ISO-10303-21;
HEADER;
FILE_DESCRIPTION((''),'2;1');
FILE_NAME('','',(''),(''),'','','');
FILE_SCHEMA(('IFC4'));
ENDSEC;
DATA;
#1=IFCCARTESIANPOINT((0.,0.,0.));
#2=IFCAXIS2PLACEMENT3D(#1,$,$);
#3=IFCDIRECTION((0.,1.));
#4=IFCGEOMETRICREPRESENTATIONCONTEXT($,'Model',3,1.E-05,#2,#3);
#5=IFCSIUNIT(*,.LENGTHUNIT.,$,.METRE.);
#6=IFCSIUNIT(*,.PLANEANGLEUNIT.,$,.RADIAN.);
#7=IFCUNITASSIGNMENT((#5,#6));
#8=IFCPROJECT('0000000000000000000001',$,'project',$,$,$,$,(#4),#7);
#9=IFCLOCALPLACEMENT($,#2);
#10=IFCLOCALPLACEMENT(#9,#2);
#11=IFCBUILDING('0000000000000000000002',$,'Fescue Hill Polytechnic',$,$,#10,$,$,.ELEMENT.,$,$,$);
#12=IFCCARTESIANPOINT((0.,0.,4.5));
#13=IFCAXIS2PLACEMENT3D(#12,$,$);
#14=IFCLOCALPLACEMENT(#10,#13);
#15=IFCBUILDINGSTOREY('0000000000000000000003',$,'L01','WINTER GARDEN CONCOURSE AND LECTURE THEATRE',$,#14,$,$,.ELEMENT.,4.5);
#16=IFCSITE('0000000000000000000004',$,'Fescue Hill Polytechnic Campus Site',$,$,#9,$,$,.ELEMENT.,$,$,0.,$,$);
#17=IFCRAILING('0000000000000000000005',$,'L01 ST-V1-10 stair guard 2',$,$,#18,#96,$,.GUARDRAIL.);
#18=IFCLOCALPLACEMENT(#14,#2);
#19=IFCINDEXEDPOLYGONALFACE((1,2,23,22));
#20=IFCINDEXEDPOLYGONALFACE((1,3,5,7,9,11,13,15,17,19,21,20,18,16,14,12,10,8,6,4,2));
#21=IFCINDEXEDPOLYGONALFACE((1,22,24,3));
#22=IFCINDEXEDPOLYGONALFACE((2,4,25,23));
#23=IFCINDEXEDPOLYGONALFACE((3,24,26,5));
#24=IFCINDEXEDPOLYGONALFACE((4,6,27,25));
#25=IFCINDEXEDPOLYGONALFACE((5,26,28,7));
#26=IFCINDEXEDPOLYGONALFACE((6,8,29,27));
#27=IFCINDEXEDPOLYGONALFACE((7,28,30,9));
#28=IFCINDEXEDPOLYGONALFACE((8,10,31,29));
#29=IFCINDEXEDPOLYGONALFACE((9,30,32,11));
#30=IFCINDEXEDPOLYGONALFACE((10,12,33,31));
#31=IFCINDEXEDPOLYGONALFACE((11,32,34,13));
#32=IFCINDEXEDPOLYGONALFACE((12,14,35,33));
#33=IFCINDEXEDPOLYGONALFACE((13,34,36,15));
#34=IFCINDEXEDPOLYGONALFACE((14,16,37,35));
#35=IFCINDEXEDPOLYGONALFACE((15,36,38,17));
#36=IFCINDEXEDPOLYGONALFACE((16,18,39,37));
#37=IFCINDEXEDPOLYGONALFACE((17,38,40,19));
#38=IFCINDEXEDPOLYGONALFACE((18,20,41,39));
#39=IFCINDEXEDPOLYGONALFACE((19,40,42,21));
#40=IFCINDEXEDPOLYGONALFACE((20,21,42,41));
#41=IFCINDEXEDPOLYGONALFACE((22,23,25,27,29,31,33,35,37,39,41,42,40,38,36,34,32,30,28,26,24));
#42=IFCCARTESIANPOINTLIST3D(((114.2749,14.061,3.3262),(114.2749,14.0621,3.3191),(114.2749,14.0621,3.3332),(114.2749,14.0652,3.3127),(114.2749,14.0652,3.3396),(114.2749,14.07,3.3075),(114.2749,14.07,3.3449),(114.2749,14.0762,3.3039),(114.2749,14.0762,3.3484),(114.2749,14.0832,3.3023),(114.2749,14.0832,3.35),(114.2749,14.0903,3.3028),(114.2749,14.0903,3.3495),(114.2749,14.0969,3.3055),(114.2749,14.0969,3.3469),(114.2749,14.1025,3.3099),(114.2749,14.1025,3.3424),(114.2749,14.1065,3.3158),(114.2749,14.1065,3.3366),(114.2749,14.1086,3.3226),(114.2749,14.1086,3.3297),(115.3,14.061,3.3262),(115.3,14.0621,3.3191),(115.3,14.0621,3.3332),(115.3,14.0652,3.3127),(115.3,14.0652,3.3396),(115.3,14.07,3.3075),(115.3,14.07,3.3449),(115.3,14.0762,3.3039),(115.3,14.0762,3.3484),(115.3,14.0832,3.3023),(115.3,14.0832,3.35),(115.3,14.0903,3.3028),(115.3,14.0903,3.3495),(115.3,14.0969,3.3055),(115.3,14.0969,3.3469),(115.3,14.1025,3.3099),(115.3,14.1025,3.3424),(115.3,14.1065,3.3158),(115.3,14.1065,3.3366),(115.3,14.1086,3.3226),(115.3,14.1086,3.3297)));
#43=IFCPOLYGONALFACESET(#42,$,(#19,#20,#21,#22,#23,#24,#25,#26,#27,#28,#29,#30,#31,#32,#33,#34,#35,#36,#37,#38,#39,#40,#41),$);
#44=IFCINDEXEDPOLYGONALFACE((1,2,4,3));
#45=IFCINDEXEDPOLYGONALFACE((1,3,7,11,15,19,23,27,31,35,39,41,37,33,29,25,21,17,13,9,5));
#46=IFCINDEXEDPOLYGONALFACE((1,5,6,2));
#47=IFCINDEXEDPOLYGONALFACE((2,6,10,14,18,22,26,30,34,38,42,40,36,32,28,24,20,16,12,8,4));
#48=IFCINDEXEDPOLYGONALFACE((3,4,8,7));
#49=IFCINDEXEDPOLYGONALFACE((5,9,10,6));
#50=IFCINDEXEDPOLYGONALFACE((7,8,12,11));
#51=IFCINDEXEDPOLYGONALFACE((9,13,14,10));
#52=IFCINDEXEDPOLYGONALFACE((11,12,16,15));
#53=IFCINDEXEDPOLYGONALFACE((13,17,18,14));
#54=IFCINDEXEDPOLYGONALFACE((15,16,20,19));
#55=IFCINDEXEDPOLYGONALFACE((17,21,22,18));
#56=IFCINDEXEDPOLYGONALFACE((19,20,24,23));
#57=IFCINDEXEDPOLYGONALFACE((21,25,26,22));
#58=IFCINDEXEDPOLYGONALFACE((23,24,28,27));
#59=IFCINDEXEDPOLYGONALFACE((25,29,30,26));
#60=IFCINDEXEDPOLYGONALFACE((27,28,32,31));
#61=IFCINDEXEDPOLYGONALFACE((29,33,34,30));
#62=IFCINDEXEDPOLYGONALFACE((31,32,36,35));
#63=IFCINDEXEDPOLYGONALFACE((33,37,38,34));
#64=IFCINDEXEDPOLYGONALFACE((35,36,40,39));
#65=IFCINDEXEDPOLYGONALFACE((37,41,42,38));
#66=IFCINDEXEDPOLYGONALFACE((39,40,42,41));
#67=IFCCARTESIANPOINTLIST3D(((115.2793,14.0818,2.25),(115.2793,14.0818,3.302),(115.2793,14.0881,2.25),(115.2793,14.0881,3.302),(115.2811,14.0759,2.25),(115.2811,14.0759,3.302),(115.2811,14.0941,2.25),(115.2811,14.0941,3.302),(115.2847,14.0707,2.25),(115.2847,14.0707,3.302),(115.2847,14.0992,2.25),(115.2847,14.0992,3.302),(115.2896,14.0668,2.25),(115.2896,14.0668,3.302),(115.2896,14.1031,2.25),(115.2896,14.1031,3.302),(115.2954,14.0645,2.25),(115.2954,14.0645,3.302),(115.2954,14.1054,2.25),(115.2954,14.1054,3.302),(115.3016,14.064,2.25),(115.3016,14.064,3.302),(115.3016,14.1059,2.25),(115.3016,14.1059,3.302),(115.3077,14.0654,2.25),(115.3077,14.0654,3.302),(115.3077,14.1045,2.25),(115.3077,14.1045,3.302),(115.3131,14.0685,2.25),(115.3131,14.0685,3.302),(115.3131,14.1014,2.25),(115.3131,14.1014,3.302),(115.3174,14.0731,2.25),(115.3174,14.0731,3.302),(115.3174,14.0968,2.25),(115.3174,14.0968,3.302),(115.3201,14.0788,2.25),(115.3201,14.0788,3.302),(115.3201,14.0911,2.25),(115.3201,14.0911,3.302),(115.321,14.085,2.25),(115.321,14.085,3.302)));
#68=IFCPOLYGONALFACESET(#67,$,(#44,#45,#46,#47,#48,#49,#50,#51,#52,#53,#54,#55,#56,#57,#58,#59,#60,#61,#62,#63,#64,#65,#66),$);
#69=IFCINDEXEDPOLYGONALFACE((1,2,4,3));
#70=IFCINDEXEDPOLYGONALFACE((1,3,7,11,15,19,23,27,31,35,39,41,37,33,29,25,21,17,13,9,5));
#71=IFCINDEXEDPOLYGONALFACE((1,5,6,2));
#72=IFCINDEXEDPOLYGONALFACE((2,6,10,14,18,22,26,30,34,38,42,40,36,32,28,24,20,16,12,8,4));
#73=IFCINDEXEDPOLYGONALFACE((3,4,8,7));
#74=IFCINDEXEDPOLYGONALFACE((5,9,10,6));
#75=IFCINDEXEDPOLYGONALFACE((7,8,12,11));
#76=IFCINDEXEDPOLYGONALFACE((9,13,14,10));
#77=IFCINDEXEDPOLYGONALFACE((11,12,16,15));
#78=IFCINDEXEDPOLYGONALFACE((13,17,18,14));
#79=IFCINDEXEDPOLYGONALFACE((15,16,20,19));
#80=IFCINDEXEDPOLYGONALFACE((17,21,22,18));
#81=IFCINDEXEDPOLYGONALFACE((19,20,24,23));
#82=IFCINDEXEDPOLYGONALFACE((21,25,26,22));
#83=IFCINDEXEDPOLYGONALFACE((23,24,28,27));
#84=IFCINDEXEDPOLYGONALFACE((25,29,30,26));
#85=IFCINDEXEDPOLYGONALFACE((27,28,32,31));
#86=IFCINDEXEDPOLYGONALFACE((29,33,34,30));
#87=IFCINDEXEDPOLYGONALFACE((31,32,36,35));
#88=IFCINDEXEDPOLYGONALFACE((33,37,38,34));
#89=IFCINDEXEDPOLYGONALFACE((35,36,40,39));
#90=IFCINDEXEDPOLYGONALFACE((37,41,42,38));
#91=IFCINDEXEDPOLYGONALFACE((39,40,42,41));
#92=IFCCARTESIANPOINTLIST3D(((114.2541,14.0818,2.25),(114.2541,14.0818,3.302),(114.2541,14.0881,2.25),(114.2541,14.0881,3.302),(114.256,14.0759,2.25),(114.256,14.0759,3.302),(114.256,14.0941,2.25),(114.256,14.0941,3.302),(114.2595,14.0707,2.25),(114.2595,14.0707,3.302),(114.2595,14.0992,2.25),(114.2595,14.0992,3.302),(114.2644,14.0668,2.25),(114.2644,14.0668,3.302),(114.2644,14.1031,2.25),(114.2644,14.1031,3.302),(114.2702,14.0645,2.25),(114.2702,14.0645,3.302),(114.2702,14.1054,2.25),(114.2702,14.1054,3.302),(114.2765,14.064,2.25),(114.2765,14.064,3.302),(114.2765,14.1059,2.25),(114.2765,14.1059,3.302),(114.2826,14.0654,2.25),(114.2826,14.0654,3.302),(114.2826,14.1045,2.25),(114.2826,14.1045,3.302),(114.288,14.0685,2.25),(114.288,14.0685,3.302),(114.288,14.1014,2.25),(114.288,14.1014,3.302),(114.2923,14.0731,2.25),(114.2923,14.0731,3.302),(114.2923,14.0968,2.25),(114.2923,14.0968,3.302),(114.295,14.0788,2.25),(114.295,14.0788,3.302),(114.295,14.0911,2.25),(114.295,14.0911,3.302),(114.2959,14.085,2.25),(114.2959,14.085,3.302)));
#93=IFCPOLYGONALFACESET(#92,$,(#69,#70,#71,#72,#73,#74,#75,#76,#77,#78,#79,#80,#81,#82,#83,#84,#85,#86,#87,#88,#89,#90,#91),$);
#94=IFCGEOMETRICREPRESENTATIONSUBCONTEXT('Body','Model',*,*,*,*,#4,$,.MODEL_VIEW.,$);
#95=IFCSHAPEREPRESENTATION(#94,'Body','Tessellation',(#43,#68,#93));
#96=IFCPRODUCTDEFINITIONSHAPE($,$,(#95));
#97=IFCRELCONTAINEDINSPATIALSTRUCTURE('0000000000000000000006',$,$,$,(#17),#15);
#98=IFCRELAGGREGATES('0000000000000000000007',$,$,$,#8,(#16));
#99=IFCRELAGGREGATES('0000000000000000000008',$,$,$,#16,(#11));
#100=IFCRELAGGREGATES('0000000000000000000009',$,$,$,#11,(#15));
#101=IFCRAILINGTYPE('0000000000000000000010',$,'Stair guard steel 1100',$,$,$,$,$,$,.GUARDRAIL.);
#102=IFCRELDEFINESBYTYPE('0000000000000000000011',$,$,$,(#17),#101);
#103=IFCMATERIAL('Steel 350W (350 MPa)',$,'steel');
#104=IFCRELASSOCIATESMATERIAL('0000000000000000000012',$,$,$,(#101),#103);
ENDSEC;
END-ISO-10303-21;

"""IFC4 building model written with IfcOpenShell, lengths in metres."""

from ifc_helpers import new_model, si_unit, direction, frame, origin, origin_2d, place, context, subcontext, project, spatial, circle, extrude, material, type_object, element, save


model = new_model("IFC4")

# Units and contexts
model_context = context("Model", 3, precision=1e-05, world=origin(), true_north=direction((0.0, 1.0)))
body_context = subcontext(model_context, "Body", "Model", "MODEL_VIEW")
ifc_project = project(units=[si_unit("LENGTHUNIT", "METRE"), si_unit("PLANEANGLEUNIT", "RADIAN")], contexts=[model_context])

# Site, building, storey
site_placement = place(None, origin())
site = spatial("IfcSite", under=ifc_project, at=site_placement, Name="Fescue Hill Polytechnic Campus Site", CompositionType="ELEMENT", RefElevation=0.0)
building_placement = place(site_placement, origin())
building = spatial("IfcBuilding", under=site, at=building_placement, Name="Fescue Hill Polytechnic", CompositionType="ELEMENT")
storey_placement = place(building_placement, frame((0.0, 0.0, 4.5)))
storey = spatial("IfcBuildingStorey", under=building, at=storey_placement, Name="L01", Description="WINTER GARDEN CONCOURSE AND LECTURE THEATRE", CompositionType="ELEMENT", Elevation=4.5)

# Railing
ifc_material_1 = material(Name="Steel 350W (350 MPa)", Category="steel")
railing_type_1 = type_object("IfcRailingType", Name="Stair guard steel 1100", PredefinedType="GUARDRAIL", material=ifc_material_1)
railing_1_placement = place(storey_placement, frame((115.3, 14.085, 2.25)))
element("IfcRailing", 1, at=railing_1_placement, inside=storey, type_object=railing_type_1, Name="L01 ST-V1-10 stair guard 2", PredefinedType="GUARDRAIL", context=body_context, shape_type="SweptSolid", body=[
    extrude(circle(Radius=0.0239, at=origin_2d()), frame((0.0, 0.0, 1.0762), z_axis=(-1.0, 0.0, 0.0), x_axis=(0.0, -1.0, 0.0)), (0.0, 0.0, 1.0), 1.0251),
    extrude(circle(Radius=0.021, at=origin_2d()), origin(), (0.0, 0.0, 1.0), 1.052),
    extrude(circle(Radius=0.021, at=origin_2d()), frame((-1.0251, 0.0, 0.0)), (0.0, 0.0, 1.0), 1.052),
])

save(model, "model.ifc")
